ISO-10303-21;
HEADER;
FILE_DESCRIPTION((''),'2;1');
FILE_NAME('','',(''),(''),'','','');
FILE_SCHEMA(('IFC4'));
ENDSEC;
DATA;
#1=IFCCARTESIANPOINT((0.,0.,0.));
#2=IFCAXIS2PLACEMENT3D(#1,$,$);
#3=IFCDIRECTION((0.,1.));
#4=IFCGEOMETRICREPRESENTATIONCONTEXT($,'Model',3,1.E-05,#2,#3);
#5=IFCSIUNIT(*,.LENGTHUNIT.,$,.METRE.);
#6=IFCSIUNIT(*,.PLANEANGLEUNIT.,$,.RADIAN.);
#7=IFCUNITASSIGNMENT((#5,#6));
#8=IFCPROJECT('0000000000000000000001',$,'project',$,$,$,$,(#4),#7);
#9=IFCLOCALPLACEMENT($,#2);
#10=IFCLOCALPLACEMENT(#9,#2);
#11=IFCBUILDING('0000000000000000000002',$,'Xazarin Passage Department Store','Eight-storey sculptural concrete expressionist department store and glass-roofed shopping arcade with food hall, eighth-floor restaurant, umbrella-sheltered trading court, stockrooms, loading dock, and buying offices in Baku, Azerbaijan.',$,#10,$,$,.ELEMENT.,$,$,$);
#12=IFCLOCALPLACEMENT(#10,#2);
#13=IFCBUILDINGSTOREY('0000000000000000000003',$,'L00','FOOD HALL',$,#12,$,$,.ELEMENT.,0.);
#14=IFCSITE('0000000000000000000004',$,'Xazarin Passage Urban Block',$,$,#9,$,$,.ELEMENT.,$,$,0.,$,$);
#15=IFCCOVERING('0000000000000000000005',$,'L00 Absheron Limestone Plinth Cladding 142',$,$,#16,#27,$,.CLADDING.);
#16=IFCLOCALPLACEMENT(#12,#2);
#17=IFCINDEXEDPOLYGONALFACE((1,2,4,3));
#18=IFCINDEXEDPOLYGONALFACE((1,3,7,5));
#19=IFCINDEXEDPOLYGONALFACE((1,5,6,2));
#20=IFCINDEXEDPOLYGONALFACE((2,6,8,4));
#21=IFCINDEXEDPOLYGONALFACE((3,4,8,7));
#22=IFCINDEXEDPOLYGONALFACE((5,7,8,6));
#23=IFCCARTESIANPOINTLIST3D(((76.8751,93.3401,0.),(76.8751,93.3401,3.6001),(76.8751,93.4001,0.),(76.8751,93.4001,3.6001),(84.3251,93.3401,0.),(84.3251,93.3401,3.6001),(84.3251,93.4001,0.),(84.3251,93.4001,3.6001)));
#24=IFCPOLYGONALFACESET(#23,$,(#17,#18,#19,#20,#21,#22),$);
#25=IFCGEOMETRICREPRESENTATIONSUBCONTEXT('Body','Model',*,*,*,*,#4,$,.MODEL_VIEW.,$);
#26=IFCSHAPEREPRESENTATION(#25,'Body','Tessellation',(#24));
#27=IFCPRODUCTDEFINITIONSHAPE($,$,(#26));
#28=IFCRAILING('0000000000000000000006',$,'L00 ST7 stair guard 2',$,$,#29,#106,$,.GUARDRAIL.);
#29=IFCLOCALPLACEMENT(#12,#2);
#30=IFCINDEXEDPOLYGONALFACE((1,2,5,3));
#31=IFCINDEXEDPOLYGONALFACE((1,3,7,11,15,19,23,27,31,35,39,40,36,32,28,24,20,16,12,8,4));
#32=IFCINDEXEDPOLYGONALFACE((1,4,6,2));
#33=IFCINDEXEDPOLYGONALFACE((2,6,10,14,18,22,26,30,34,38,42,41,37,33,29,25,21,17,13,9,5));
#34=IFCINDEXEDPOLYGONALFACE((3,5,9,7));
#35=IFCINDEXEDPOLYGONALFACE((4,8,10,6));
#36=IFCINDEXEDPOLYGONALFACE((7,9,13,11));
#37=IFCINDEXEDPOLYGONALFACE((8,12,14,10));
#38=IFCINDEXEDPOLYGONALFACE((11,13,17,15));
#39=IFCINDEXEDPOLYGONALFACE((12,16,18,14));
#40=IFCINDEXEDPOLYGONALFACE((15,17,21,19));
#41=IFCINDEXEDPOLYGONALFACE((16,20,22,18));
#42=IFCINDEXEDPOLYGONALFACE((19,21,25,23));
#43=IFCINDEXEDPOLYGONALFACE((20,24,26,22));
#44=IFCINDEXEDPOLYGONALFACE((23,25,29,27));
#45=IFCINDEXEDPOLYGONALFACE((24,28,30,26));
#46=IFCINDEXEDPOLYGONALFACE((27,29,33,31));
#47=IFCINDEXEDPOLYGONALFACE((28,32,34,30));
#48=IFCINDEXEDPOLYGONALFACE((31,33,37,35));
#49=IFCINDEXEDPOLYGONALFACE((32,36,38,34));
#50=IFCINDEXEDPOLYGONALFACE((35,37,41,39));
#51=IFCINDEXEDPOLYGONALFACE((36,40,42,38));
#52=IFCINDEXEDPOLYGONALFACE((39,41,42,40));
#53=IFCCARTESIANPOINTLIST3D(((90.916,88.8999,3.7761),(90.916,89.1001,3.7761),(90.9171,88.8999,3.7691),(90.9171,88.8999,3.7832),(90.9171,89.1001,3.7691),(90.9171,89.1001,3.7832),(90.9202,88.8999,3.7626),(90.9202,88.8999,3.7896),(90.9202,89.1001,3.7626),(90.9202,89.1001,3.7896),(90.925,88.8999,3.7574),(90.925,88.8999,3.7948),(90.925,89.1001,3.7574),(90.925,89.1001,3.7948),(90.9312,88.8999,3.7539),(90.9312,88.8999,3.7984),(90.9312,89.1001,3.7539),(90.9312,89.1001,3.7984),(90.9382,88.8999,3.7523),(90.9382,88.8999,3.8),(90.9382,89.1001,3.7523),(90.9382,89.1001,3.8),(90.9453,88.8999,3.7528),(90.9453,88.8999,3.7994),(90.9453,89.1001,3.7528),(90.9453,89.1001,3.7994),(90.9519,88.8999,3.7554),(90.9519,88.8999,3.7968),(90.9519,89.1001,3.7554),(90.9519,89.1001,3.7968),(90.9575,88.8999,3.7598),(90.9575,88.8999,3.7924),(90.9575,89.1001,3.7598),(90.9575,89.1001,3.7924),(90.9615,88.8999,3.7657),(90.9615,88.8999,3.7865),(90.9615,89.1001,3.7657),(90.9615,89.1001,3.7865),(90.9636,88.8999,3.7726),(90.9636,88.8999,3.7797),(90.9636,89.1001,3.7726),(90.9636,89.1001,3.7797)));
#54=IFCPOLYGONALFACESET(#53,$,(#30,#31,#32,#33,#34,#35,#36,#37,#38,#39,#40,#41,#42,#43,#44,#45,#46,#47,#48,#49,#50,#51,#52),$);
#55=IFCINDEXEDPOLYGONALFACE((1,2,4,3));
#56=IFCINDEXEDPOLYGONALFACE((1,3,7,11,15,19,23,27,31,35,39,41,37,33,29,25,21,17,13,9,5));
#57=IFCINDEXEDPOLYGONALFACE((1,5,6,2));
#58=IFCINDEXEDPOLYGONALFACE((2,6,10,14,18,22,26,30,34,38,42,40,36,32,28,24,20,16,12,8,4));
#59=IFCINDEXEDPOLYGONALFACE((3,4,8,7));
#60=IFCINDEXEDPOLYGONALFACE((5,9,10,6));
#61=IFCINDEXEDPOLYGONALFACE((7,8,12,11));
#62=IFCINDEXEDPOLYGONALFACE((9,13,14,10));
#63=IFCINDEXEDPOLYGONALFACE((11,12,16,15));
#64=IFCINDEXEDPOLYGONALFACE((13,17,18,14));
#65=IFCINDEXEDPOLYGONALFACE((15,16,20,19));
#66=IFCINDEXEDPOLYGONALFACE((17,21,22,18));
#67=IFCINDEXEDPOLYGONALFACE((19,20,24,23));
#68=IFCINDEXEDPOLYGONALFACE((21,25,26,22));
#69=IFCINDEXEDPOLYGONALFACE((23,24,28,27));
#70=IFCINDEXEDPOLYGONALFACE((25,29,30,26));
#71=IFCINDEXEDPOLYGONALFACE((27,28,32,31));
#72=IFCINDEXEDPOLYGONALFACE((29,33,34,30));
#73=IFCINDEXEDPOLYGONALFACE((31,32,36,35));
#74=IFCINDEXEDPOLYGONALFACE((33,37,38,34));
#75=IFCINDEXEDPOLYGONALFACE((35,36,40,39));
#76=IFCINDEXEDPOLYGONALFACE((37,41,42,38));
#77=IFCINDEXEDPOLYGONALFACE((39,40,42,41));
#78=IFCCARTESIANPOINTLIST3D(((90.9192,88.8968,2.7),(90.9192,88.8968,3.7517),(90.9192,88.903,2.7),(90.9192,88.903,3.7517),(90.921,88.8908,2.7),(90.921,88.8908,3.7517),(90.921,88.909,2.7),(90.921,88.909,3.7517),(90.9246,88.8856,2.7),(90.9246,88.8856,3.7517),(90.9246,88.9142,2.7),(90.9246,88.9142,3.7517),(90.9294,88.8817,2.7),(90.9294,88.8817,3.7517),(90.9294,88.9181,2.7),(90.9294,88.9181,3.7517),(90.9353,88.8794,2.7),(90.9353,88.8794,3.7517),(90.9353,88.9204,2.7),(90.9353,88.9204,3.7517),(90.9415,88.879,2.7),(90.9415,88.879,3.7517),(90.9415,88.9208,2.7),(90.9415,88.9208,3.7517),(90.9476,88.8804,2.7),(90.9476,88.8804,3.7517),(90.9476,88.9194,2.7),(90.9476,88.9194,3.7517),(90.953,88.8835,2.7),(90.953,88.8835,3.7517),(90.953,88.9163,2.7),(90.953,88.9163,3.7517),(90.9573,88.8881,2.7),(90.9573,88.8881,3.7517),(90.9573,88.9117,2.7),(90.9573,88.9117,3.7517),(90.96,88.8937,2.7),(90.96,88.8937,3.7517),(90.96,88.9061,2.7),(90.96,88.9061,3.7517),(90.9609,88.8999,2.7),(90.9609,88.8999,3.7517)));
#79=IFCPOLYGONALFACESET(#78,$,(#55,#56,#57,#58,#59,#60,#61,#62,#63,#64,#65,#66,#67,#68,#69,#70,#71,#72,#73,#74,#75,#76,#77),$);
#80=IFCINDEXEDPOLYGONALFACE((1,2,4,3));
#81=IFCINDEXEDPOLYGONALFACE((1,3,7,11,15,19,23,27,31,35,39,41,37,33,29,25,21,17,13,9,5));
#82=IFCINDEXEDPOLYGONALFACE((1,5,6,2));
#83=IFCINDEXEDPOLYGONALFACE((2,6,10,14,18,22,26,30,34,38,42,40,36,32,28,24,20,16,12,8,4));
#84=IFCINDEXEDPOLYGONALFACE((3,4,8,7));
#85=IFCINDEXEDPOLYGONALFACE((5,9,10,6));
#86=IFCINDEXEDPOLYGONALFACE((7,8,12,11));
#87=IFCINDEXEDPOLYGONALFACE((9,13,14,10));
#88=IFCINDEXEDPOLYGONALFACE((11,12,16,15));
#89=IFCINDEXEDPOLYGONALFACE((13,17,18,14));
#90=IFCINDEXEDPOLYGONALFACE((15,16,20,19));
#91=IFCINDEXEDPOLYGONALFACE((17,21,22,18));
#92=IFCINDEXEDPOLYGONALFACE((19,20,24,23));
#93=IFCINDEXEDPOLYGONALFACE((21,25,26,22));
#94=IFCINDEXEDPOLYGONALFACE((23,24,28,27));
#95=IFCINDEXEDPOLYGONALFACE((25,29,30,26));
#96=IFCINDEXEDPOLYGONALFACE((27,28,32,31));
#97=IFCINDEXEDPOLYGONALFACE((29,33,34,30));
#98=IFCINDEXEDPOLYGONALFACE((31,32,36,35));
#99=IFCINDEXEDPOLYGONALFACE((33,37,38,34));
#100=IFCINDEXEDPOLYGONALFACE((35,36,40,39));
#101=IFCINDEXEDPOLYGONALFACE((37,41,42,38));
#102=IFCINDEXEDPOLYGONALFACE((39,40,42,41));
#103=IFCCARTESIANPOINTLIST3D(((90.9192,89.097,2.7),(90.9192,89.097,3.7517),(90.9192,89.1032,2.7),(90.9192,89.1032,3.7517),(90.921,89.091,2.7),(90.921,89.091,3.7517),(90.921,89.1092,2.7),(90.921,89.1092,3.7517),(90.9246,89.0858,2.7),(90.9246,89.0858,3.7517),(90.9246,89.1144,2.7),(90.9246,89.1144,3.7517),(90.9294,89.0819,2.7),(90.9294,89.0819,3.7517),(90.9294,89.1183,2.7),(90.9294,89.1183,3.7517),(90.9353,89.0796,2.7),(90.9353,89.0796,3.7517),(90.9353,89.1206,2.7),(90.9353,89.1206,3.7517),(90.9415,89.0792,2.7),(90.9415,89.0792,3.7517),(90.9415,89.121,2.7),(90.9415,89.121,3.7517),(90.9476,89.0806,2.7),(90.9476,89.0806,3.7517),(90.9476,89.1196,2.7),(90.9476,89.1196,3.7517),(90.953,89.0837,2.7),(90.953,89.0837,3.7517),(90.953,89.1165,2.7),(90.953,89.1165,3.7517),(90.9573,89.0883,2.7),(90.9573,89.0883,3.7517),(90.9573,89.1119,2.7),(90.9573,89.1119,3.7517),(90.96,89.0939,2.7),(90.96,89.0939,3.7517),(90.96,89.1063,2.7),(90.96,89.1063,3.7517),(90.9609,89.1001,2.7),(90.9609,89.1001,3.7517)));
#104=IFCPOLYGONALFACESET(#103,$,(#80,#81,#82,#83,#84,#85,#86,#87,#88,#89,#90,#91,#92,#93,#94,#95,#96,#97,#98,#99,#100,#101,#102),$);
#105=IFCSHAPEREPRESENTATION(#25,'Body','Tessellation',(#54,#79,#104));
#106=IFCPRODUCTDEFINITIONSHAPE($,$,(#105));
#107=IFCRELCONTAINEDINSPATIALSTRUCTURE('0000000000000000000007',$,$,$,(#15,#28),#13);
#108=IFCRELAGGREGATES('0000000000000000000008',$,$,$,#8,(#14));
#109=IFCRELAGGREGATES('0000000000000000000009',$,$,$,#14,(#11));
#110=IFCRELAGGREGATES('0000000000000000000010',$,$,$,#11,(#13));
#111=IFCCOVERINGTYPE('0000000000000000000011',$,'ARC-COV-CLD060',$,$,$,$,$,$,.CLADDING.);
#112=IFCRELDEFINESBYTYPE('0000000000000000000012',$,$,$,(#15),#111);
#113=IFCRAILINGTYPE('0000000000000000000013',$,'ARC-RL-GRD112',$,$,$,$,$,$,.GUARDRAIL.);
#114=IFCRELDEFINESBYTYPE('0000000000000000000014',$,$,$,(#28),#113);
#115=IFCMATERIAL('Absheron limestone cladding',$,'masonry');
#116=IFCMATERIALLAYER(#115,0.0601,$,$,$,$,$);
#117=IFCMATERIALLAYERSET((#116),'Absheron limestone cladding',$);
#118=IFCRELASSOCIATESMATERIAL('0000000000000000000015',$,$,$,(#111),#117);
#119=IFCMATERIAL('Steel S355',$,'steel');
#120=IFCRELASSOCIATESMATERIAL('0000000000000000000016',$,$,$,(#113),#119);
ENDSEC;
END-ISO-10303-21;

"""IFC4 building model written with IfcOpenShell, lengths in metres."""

from ifc_helpers import new_model, si_unit, direction, frame, origin, origin_2d, place, context, subcontext, project, spatial, rectangle, circle, extrude, material, layer, layer_set, type_object, element, save


model = new_model("IFC4")

# Units and contexts
model_context = context("Model", 3, precision=1e-05, world=origin(), true_north=direction((0.0, 1.0)))
body_context = subcontext(model_context, "Body", "Model", "MODEL_VIEW")
ifc_project = project(units=[si_unit("LENGTHUNIT", "METRE"), si_unit("PLANEANGLEUNIT", "RADIAN")], contexts=[model_context])

# Site, building, storey
site_placement = place(None, origin())
site = spatial("IfcSite", under=ifc_project, at=site_placement, Name="Xazarin Passage Urban Block", CompositionType="ELEMENT", RefElevation=0.0)
building_placement = place(site_placement, origin())
building = spatial("IfcBuilding", under=site, at=building_placement, Name="Xazarin Passage Department Store", Description="Eight-storey sculptural concrete expressionist department store and glass-roofed shopping arcade with food hall, eighth-floor restaurant, umbrella-sheltered trading court, stockrooms, loading dock, and buying offices in Baku, Azerbaijan.", CompositionType="ELEMENT")
storey_placement = place(building_placement, origin())
storey = spatial("IfcBuildingStorey", under=building, at=storey_placement, Name="L00", Description="FOOD HALL", CompositionType="ELEMENT", Elevation=0.0)

# Shared definitions
ifc_material_1 = material(Name="Steel S355", Category="steel")

# Covering
ifc_material_2 = material(Name="Absheron limestone cladding", Category="masonry")
ifc_layer_1 = layer(ifc_material_2, 0.0601)
ifc_layer_set_1 = layer_set([ifc_layer_1], Name="Absheron limestone cladding")
covering_type = type_object("IfcCoveringType", Name="ARC-COV-CLD060", PredefinedType="CLADDING", material=ifc_layer_set_1)
covering_placement = place(storey_placement, frame((80.6001, 93.3701, 0.0), z_axis=(0.0, 0.0, 1.0), x_axis=(1.0, 0.0, 0.0)))
element("IfcCovering", 1, at=covering_placement, inside=storey, type_object=covering_type, Name="L00 Absheron Limestone Plinth Cladding 142", PredefinedType="CLADDING", context=body_context, shape_type="SweptSolid", body=[
    extrude(rectangle(XDim=7.45, YDim=0.0601, at=origin_2d()), origin(), (0.0, 0.0, 1.0), 3.6001),
])

# Railing
railing_type_1 = type_object("IfcRailingType", Name="ARC-RL-GRD112", PredefinedType="GUARDRAIL", material=ifc_material_1)
railing_1_placement = place(storey_placement, frame((90.9399, 88.8999, 2.7)))
element("IfcRailing", 2, at=railing_1_placement, inside=storey, type_object=railing_type_1, Name="L00 ST7 stair guard 2", PredefinedType="GUARDRAIL", context=body_context, shape_type="SweptSolid", body=[
    extrude(circle(Radius=0.0239, at=origin_2d()), frame((0.0, 0.0, 1.0762), z_axis=(0.0, 1.0, 0.0), x_axis=(-1.0, 0.0, 0.0)), (0.0, 0.0, 1.0), 0.2002),
    extrude(circle(Radius=0.021, at=origin_2d()), origin(), (0.0, 0.0, 1.0), 1.0518),
    extrude(circle(Radius=0.021, at=origin_2d()), frame((0.0, 0.2002, 0.0)), (0.0, 0.0, 1.0), 1.0518),
])

save(model, "model.ifc")
